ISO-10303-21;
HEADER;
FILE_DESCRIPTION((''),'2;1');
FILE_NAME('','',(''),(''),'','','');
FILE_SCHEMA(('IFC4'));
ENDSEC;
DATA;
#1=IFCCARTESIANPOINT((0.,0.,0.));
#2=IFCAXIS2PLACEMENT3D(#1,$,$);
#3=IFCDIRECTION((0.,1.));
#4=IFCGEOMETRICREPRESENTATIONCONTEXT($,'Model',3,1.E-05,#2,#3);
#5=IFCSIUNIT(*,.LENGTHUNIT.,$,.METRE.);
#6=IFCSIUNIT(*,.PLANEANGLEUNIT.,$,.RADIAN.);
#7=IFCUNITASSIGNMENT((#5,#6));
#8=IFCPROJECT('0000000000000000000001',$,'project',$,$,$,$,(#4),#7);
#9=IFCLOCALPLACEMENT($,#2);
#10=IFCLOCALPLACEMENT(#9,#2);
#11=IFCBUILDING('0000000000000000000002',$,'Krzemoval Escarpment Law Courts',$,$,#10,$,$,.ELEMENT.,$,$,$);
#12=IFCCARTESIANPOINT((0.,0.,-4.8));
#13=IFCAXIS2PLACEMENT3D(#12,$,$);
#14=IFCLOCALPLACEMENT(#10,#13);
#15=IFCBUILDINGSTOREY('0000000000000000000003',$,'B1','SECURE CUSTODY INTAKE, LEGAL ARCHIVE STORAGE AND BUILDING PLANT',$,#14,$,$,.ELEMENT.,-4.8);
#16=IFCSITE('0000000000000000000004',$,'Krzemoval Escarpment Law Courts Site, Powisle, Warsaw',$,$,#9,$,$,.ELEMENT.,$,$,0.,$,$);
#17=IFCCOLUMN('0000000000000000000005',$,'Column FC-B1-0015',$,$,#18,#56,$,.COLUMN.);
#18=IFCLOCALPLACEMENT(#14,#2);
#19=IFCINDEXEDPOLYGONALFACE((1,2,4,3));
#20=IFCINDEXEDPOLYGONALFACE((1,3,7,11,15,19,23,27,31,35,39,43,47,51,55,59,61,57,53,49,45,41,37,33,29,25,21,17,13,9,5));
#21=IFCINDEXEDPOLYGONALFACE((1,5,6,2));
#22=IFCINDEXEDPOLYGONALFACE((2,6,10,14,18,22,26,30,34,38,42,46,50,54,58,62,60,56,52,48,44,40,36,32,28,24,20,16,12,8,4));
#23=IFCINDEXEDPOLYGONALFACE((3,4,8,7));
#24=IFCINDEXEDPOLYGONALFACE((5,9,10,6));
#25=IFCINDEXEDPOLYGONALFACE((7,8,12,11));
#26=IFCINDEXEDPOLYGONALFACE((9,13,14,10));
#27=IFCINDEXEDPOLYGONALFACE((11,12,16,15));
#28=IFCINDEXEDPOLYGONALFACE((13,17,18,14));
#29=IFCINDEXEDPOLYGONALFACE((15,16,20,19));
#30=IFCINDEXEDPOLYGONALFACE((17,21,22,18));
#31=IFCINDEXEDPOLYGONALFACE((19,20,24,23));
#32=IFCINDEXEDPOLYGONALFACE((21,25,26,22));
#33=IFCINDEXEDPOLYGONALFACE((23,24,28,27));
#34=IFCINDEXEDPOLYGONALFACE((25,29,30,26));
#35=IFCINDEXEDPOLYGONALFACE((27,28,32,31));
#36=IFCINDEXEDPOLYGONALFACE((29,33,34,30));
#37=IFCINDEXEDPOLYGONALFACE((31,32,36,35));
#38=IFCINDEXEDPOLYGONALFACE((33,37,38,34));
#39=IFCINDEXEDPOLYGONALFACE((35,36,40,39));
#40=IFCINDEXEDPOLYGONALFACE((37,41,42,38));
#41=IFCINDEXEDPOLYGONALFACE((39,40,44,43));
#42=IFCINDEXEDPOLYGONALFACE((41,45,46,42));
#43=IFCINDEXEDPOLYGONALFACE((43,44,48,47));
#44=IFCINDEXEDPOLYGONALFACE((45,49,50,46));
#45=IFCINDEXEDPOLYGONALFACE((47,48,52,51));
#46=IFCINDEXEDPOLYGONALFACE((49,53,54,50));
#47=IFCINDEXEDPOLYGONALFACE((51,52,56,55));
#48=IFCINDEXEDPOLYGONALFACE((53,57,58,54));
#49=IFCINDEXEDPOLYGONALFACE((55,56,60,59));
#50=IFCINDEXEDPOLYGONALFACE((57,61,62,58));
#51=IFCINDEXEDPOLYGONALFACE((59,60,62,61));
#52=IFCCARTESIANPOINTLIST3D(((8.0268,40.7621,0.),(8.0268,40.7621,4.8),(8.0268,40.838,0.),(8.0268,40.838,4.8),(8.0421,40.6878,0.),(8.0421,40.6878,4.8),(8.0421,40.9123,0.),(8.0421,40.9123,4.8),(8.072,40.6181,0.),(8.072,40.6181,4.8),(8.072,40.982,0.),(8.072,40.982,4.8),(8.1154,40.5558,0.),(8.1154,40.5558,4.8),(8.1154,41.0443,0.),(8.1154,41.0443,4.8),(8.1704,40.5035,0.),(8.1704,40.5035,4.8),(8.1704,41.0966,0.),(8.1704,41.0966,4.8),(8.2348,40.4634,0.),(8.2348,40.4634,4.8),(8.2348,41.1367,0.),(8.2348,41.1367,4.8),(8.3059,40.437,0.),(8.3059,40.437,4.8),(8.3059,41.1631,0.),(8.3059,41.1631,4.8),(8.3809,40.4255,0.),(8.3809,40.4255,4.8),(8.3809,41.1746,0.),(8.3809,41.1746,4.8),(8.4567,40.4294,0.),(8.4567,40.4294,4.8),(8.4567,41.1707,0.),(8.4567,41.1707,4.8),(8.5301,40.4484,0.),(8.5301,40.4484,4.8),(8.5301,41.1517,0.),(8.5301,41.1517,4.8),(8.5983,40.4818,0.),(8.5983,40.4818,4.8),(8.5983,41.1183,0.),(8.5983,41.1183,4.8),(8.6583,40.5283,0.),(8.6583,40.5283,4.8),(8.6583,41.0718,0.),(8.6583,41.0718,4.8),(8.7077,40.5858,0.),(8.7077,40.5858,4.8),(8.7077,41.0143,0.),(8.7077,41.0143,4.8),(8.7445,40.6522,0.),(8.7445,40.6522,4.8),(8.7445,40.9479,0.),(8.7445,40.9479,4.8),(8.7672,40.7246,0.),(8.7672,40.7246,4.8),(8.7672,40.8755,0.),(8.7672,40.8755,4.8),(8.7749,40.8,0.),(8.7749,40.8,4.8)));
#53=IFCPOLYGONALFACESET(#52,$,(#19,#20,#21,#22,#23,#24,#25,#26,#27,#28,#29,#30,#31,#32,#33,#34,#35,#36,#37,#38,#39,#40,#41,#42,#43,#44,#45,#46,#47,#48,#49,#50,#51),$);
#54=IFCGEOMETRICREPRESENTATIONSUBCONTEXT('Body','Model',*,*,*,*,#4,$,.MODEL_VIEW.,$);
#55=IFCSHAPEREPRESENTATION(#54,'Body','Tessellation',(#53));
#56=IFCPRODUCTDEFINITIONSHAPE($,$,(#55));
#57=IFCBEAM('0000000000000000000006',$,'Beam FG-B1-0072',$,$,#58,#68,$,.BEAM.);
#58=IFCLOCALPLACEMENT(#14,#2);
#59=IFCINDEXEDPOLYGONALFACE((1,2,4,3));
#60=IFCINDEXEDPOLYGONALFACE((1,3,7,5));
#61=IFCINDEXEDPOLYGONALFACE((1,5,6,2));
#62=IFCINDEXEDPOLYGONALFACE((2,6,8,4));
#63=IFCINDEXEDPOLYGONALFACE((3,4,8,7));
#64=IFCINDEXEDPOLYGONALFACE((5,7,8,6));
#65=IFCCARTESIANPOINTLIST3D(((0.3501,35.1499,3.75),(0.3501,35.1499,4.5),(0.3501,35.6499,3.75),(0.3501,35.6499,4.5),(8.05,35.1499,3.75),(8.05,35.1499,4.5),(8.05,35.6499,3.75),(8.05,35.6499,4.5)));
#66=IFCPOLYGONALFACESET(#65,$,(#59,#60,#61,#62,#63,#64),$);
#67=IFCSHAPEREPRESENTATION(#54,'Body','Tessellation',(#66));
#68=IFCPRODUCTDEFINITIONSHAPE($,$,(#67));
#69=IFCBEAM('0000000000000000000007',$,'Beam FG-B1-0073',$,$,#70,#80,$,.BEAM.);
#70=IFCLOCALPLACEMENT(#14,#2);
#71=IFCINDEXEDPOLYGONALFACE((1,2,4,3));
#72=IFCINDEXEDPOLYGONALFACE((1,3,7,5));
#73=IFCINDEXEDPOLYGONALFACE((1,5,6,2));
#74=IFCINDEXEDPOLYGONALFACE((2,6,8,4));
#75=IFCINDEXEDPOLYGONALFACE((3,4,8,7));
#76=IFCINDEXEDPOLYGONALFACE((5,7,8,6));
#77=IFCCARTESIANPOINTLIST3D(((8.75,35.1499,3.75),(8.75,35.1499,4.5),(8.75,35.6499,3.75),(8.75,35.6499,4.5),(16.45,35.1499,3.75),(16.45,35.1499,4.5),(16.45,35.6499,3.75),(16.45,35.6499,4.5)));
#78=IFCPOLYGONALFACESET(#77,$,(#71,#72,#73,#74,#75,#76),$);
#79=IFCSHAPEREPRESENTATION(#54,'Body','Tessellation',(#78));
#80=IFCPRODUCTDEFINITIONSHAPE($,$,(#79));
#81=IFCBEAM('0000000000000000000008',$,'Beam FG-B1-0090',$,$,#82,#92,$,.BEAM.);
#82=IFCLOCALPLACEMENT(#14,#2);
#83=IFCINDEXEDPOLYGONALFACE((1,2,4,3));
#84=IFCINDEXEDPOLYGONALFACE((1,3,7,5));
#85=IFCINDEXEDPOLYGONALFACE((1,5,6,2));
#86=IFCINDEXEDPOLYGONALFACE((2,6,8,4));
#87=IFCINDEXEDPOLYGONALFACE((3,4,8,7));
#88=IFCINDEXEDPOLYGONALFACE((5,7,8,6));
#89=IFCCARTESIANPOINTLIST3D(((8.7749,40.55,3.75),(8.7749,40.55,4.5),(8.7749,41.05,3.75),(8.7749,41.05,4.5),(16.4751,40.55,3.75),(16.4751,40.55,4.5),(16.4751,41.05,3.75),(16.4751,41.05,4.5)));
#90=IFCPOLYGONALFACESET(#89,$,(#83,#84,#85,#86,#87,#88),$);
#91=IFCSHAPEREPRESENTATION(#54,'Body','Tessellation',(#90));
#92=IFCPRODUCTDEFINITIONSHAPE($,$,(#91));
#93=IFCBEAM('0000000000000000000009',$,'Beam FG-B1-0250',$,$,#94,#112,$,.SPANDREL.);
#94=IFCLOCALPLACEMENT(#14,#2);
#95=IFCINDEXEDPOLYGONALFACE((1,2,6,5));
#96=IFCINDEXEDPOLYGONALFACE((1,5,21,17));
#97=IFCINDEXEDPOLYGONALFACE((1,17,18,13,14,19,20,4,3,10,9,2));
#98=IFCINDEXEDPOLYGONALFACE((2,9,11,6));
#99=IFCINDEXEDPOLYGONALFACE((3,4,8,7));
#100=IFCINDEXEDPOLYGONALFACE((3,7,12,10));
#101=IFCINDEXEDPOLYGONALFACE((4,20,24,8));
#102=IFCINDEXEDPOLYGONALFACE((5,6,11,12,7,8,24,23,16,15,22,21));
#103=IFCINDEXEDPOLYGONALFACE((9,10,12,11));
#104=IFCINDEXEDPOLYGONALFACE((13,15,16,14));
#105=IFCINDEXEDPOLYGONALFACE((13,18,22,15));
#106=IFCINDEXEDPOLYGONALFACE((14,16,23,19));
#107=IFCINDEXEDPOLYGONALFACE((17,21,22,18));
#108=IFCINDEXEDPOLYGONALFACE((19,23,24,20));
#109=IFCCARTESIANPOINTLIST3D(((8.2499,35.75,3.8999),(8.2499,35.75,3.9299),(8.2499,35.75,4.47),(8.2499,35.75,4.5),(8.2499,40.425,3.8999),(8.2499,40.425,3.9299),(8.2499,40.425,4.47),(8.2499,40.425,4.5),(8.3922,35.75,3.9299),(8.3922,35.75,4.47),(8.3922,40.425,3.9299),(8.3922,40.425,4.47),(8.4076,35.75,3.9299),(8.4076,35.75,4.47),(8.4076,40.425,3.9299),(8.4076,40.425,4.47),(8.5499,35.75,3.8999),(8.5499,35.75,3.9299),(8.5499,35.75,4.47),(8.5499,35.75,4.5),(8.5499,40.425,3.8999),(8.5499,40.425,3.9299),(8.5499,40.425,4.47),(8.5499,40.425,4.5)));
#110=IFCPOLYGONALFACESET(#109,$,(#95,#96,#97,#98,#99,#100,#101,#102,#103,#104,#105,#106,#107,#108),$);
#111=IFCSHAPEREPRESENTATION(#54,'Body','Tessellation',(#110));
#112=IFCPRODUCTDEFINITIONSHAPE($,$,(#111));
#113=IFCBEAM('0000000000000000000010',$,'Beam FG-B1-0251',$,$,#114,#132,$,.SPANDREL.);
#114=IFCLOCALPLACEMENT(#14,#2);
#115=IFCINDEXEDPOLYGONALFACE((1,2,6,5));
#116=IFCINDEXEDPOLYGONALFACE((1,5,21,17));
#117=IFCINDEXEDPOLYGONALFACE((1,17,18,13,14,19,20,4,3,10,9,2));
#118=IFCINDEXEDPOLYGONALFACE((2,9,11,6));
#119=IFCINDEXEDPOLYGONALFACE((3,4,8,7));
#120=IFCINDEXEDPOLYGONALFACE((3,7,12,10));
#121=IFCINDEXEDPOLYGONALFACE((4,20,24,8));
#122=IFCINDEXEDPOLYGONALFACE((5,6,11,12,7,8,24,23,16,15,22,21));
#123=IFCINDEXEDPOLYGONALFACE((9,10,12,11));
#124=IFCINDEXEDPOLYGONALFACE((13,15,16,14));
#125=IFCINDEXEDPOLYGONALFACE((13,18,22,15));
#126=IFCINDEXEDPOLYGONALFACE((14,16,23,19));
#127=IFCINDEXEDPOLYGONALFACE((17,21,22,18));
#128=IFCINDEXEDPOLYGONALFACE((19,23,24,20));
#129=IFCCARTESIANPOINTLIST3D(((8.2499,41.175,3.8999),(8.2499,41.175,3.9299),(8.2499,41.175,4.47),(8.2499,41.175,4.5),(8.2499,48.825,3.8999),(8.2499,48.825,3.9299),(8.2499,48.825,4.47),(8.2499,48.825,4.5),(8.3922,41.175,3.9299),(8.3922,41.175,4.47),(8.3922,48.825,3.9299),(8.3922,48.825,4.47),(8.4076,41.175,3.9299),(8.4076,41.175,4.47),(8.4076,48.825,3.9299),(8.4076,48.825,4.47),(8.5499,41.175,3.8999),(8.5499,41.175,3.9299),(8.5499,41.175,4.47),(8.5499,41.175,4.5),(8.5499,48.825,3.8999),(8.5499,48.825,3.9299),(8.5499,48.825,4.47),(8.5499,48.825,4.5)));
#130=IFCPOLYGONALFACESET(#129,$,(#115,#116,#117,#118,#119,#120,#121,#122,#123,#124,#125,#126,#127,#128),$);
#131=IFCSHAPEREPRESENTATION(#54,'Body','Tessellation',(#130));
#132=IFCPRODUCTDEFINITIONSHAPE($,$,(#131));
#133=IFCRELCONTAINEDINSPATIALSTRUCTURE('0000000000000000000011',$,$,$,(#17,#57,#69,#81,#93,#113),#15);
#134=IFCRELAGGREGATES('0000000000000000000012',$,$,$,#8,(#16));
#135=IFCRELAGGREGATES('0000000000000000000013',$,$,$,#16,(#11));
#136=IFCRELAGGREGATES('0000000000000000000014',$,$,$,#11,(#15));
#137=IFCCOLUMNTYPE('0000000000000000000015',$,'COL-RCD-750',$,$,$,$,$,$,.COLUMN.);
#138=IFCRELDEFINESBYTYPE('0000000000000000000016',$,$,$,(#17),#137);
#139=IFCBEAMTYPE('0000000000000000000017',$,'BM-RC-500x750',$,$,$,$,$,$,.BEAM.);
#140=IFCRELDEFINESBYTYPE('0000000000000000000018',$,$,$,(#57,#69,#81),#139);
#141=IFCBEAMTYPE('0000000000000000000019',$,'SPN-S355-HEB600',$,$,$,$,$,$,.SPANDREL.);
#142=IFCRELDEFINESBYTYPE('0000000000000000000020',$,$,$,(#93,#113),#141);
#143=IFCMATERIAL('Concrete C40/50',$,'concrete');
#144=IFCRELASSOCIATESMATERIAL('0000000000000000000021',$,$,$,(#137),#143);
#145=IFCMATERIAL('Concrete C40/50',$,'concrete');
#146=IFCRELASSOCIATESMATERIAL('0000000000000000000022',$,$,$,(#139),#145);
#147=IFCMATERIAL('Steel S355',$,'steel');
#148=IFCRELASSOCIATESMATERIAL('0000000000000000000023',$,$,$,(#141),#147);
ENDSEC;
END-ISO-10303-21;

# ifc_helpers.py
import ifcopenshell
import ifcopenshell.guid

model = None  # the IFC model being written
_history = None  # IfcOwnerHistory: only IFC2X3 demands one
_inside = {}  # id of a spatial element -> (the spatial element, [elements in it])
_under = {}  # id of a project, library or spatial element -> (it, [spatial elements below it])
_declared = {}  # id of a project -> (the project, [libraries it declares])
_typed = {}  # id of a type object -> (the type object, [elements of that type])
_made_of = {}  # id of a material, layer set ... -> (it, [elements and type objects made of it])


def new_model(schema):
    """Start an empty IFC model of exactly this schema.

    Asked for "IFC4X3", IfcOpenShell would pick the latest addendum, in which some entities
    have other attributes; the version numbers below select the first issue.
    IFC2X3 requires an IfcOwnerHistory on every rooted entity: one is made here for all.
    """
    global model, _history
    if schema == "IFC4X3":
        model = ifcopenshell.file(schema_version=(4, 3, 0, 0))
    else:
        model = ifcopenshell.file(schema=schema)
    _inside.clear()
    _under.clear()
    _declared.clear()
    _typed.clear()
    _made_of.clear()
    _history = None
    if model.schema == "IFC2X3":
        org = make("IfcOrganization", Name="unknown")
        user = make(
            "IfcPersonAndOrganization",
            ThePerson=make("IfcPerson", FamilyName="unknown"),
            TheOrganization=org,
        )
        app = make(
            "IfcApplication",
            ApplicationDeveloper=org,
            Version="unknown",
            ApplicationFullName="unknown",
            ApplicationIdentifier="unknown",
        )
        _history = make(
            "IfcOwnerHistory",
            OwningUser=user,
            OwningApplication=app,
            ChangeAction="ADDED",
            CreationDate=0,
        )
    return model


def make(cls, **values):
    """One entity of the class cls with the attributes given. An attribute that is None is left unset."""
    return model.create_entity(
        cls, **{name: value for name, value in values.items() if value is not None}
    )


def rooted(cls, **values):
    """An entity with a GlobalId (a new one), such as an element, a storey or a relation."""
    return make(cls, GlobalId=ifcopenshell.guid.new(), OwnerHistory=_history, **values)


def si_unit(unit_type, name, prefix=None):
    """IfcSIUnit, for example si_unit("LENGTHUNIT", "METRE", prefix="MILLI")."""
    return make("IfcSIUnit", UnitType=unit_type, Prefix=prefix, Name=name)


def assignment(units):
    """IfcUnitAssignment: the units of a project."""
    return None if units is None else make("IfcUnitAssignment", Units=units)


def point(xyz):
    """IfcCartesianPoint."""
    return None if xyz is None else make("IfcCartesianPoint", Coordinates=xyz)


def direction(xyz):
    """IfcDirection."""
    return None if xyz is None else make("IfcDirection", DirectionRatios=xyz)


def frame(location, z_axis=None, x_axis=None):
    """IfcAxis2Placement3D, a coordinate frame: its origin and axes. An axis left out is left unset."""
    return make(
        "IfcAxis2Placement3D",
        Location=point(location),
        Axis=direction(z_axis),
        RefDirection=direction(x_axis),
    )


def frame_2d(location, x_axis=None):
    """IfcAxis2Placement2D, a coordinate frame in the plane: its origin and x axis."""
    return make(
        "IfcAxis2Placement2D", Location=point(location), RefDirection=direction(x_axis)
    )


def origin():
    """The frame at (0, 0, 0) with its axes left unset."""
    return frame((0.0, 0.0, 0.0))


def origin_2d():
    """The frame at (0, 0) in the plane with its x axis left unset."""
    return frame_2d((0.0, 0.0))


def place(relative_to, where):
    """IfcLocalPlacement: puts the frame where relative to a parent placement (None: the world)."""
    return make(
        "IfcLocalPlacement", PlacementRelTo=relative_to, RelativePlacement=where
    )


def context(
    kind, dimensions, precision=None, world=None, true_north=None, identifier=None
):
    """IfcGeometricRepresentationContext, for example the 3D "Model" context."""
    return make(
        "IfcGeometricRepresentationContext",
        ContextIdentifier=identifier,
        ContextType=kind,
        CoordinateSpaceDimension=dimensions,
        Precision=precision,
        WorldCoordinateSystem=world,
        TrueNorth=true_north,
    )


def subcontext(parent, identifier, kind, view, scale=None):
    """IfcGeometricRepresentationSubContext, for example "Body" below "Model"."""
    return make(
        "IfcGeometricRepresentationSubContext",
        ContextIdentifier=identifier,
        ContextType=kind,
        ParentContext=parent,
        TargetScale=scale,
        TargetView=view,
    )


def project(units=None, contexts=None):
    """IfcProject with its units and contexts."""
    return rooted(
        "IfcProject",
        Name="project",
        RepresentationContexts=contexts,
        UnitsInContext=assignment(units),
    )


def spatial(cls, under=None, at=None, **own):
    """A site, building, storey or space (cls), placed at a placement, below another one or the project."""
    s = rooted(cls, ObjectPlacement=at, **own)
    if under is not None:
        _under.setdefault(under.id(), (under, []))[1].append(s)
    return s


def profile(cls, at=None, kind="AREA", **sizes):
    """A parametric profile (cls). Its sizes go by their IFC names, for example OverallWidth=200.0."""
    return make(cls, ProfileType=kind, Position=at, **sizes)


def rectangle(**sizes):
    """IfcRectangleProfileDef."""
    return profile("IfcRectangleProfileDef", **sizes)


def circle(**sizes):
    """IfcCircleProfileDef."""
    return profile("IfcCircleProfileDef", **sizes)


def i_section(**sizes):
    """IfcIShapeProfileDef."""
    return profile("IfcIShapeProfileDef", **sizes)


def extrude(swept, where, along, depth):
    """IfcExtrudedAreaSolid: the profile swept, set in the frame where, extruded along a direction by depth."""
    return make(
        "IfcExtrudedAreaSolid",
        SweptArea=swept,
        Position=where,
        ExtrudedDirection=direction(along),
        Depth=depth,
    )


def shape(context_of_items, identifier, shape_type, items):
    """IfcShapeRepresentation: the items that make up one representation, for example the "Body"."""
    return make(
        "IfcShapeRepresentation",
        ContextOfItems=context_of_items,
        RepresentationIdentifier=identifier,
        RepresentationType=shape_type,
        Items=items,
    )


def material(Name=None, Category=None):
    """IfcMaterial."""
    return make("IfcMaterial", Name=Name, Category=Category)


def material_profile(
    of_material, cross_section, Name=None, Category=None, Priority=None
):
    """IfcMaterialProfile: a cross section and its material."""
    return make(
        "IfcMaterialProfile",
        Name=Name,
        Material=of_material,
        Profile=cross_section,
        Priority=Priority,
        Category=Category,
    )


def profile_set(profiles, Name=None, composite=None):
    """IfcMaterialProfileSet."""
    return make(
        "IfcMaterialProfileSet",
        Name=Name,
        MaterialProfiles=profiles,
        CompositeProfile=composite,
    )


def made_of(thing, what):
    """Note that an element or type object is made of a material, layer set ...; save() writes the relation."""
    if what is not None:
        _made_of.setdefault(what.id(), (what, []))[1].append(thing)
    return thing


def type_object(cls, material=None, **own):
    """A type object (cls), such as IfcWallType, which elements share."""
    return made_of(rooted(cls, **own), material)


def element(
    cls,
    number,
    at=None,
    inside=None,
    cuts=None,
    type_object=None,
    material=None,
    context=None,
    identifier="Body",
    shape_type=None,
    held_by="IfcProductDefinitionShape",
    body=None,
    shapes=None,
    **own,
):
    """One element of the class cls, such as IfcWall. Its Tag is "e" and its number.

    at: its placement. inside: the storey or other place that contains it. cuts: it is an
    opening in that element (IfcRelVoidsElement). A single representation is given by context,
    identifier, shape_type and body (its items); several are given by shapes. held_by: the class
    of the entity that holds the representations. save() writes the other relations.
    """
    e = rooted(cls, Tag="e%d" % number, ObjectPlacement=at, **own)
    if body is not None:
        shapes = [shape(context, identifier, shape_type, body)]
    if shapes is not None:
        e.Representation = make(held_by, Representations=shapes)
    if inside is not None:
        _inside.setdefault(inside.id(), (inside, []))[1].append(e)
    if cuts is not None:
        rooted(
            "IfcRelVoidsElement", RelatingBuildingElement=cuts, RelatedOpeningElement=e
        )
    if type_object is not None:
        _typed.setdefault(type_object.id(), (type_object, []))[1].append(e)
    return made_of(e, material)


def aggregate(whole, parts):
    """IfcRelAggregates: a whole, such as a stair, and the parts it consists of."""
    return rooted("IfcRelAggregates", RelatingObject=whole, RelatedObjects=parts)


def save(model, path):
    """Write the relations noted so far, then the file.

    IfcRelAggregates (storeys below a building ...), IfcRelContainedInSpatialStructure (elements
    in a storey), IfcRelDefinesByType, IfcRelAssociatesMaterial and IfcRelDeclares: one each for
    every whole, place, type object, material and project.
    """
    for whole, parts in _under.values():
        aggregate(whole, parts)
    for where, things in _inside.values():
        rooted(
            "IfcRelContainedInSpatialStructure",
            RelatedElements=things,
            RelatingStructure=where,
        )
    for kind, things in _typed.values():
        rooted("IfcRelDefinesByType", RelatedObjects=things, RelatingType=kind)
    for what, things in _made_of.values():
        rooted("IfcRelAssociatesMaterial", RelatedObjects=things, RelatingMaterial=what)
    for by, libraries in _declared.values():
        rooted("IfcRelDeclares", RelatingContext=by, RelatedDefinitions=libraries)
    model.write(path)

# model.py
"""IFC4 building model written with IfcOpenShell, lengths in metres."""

from ifc_helpers import new_model, si_unit, direction, frame, origin, origin_2d, place, context, subcontext, project, spatial, rectangle, circle, i_section, extrude, material, material_profile, profile_set, type_object, element, save


model = new_model("IFC4")

# Units and contexts
model_context = context("Model", 3, precision=1e-05, world=origin(), true_north=direction((0.0, 1.0)))
body_context = subcontext(model_context, "Body", "Model", "MODEL_VIEW")
ifc_project = project(units=[si_unit("LENGTHUNIT", "METRE"), si_unit("PLANEANGLEUNIT", "RADIAN")], contexts=[model_context])

# Site, building, storey
site_placement = place(None, origin())
site = spatial("IfcSite", under=ifc_project, at=site_placement, Name="Krzemoval Escarpment Law Courts Site, Powisle, Warsaw", CompositionType="ELEMENT", RefElevation=0.0)
building_placement = place(site_placement, origin())
building = spatial("IfcBuilding", under=site, at=building_placement, Name="Krzemoval Escarpment Law Courts", CompositionType="ELEMENT")
storey_placement = place(building_placement, frame((0.0, 0.0, -4.8)))
storey = spatial("IfcBuildingStorey", under=building, at=storey_placement, Name="B1", Description="SECURE CUSTODY INTAKE, LEGAL ARCHIVE STORAGE AND BUILDING PLANT", CompositionType="ELEMENT", Elevation=-4.8)

# Column
ifc_material_1 = material(Name="Concrete C40/50", Category="concrete")
ifc_material_profile_1 = material_profile(ifc_material_1, circle(Radius=0.375, at=origin_2d()), Name="RC D750")
ifc_profile_set_1 = profile_set([ifc_material_profile_1], Name="Concrete C40/50")
column_type_1 = type_object("IfcColumnType", Name="COL-RCD-750", PredefinedType="COLUMN", material=ifc_profile_set_1)
column_placement = place(storey_placement, frame((8.3999, 40.8, 0.0), z_axis=(0.0, 0.0, 1.0), x_axis=(1.0, 0.0, 0.0)))
element("IfcColumn", 1, at=column_placement, inside=storey, type_object=column_type_1, Name="Column FC-B1-0015", PredefinedType="COLUMN", context=body_context, shape_type="SweptSolid", body=[
    extrude(circle(Radius=0.375, at=origin_2d()), origin(), (0.0, 0.0, 1.0), 4.8),
])

# Beams
ifc_material_2 = material(Name="Concrete C40/50", Category="concrete")
ifc_material_profile_2 = material_profile(ifc_material_2, rectangle(XDim=0.5, YDim=0.75, at=origin_2d()), Name="RCB 500x750")
ifc_profile_set_2 = profile_set([ifc_material_profile_2], Name="Concrete C40/50")
beam_type_1 = type_object("IfcBeamType", Name="BM-RC-500x750", PredefinedType="BEAM", material=ifc_profile_set_2)
for number, where, z_axis, x_axis, name in (
    (2, (0.3501, 35.3999, 4.125), (1.0, 0.0, 0.0), (0.0, 1.0, 0.0), "Beam FG-B1-0072"),
    (3, (8.75, 35.3999, 4.125), (1.0, 0.0, 0.0), (0.0, 1.0, 0.0), "Beam FG-B1-0073"),
):
    element("IfcBeam", number, at=place(storey_placement, frame(where, z_axis=z_axis, x_axis=x_axis)), inside=storey, type_object=beam_type_1, Name=name, PredefinedType="BEAM", context=body_context, shape_type="SweptSolid", body=[
        extrude(rectangle(XDim=0.5, YDim=0.75, at=origin_2d()), origin(), (0.0, 0.0, 1.0), 7.7),
    ])
beam_1_placement = place(storey_placement, frame((8.7749, 40.8, 4.125), z_axis=(1.0, 0.0, 0.0), x_axis=(0.0, 1.0, 0.0)))
element("IfcBeam", 4, at=beam_1_placement, inside=storey, type_object=beam_type_1, Name="Beam FG-B1-0090", PredefinedType="BEAM", context=body_context, shape_type="SweptSolid", body=[
    extrude(rectangle(XDim=0.5, YDim=0.75, at=origin_2d()), origin(), (0.0, 0.0, 1.0), 7.7002),
])
ifc_material_3 = material(Name="Steel S355", Category="steel")
ifc_material_profile_3 = material_profile(ifc_material_3, i_section(OverallWidth=0.3, OverallDepth=0.6001, WebThickness=0.0154, FlangeThickness=0.03, at=origin_2d()), Name="HEB 600")
ifc_profile_set_3 = profile_set([ifc_material_profile_3], Name="Steel S355")
beam_type_2 = type_object("IfcBeamType", Name="SPN-S355-HEB600", PredefinedType="SPANDREL", material=ifc_profile_set_3)
beam_2_placement = place(storey_placement, frame((8.3999, 35.75, 4.2), z_axis=(0.0, 1.0, 0.0), x_axis=(-1.0, 0.0, 0.0)))
element("IfcBeam", 5, at=beam_2_placement, inside=storey, type_object=beam_type_2, Name="Beam FG-B1-0250", PredefinedType="SPANDREL", context=body_context, shape_type="SweptSolid", body=[
    extrude(i_section(OverallWidth=0.3, OverallDepth=0.6001, WebThickness=0.0154, FlangeThickness=0.03, at=origin_2d()), origin(), (0.0, 0.0, 1.0), 4.675),
])
beam_3_placement = place(storey_placement, frame((8.3999, 41.175, 4.2), z_axis=(0.0, 1.0, 0.0), x_axis=(-1.0, 0.0, 0.0)))
element("IfcBeam", 6, at=beam_3_placement, inside=storey, type_object=beam_type_2, Name="Beam FG-B1-0251", PredefinedType="SPANDREL", context=body_context, shape_type="SweptSolid", body=[
    extrude(i_section(OverallWidth=0.3, OverallDepth=0.6001, WebThickness=0.0154, FlangeThickness=0.03, at=origin_2d()), origin(), (0.0, 0.0, 1.0), 7.6499),
])

save(model, "model.ifc")
